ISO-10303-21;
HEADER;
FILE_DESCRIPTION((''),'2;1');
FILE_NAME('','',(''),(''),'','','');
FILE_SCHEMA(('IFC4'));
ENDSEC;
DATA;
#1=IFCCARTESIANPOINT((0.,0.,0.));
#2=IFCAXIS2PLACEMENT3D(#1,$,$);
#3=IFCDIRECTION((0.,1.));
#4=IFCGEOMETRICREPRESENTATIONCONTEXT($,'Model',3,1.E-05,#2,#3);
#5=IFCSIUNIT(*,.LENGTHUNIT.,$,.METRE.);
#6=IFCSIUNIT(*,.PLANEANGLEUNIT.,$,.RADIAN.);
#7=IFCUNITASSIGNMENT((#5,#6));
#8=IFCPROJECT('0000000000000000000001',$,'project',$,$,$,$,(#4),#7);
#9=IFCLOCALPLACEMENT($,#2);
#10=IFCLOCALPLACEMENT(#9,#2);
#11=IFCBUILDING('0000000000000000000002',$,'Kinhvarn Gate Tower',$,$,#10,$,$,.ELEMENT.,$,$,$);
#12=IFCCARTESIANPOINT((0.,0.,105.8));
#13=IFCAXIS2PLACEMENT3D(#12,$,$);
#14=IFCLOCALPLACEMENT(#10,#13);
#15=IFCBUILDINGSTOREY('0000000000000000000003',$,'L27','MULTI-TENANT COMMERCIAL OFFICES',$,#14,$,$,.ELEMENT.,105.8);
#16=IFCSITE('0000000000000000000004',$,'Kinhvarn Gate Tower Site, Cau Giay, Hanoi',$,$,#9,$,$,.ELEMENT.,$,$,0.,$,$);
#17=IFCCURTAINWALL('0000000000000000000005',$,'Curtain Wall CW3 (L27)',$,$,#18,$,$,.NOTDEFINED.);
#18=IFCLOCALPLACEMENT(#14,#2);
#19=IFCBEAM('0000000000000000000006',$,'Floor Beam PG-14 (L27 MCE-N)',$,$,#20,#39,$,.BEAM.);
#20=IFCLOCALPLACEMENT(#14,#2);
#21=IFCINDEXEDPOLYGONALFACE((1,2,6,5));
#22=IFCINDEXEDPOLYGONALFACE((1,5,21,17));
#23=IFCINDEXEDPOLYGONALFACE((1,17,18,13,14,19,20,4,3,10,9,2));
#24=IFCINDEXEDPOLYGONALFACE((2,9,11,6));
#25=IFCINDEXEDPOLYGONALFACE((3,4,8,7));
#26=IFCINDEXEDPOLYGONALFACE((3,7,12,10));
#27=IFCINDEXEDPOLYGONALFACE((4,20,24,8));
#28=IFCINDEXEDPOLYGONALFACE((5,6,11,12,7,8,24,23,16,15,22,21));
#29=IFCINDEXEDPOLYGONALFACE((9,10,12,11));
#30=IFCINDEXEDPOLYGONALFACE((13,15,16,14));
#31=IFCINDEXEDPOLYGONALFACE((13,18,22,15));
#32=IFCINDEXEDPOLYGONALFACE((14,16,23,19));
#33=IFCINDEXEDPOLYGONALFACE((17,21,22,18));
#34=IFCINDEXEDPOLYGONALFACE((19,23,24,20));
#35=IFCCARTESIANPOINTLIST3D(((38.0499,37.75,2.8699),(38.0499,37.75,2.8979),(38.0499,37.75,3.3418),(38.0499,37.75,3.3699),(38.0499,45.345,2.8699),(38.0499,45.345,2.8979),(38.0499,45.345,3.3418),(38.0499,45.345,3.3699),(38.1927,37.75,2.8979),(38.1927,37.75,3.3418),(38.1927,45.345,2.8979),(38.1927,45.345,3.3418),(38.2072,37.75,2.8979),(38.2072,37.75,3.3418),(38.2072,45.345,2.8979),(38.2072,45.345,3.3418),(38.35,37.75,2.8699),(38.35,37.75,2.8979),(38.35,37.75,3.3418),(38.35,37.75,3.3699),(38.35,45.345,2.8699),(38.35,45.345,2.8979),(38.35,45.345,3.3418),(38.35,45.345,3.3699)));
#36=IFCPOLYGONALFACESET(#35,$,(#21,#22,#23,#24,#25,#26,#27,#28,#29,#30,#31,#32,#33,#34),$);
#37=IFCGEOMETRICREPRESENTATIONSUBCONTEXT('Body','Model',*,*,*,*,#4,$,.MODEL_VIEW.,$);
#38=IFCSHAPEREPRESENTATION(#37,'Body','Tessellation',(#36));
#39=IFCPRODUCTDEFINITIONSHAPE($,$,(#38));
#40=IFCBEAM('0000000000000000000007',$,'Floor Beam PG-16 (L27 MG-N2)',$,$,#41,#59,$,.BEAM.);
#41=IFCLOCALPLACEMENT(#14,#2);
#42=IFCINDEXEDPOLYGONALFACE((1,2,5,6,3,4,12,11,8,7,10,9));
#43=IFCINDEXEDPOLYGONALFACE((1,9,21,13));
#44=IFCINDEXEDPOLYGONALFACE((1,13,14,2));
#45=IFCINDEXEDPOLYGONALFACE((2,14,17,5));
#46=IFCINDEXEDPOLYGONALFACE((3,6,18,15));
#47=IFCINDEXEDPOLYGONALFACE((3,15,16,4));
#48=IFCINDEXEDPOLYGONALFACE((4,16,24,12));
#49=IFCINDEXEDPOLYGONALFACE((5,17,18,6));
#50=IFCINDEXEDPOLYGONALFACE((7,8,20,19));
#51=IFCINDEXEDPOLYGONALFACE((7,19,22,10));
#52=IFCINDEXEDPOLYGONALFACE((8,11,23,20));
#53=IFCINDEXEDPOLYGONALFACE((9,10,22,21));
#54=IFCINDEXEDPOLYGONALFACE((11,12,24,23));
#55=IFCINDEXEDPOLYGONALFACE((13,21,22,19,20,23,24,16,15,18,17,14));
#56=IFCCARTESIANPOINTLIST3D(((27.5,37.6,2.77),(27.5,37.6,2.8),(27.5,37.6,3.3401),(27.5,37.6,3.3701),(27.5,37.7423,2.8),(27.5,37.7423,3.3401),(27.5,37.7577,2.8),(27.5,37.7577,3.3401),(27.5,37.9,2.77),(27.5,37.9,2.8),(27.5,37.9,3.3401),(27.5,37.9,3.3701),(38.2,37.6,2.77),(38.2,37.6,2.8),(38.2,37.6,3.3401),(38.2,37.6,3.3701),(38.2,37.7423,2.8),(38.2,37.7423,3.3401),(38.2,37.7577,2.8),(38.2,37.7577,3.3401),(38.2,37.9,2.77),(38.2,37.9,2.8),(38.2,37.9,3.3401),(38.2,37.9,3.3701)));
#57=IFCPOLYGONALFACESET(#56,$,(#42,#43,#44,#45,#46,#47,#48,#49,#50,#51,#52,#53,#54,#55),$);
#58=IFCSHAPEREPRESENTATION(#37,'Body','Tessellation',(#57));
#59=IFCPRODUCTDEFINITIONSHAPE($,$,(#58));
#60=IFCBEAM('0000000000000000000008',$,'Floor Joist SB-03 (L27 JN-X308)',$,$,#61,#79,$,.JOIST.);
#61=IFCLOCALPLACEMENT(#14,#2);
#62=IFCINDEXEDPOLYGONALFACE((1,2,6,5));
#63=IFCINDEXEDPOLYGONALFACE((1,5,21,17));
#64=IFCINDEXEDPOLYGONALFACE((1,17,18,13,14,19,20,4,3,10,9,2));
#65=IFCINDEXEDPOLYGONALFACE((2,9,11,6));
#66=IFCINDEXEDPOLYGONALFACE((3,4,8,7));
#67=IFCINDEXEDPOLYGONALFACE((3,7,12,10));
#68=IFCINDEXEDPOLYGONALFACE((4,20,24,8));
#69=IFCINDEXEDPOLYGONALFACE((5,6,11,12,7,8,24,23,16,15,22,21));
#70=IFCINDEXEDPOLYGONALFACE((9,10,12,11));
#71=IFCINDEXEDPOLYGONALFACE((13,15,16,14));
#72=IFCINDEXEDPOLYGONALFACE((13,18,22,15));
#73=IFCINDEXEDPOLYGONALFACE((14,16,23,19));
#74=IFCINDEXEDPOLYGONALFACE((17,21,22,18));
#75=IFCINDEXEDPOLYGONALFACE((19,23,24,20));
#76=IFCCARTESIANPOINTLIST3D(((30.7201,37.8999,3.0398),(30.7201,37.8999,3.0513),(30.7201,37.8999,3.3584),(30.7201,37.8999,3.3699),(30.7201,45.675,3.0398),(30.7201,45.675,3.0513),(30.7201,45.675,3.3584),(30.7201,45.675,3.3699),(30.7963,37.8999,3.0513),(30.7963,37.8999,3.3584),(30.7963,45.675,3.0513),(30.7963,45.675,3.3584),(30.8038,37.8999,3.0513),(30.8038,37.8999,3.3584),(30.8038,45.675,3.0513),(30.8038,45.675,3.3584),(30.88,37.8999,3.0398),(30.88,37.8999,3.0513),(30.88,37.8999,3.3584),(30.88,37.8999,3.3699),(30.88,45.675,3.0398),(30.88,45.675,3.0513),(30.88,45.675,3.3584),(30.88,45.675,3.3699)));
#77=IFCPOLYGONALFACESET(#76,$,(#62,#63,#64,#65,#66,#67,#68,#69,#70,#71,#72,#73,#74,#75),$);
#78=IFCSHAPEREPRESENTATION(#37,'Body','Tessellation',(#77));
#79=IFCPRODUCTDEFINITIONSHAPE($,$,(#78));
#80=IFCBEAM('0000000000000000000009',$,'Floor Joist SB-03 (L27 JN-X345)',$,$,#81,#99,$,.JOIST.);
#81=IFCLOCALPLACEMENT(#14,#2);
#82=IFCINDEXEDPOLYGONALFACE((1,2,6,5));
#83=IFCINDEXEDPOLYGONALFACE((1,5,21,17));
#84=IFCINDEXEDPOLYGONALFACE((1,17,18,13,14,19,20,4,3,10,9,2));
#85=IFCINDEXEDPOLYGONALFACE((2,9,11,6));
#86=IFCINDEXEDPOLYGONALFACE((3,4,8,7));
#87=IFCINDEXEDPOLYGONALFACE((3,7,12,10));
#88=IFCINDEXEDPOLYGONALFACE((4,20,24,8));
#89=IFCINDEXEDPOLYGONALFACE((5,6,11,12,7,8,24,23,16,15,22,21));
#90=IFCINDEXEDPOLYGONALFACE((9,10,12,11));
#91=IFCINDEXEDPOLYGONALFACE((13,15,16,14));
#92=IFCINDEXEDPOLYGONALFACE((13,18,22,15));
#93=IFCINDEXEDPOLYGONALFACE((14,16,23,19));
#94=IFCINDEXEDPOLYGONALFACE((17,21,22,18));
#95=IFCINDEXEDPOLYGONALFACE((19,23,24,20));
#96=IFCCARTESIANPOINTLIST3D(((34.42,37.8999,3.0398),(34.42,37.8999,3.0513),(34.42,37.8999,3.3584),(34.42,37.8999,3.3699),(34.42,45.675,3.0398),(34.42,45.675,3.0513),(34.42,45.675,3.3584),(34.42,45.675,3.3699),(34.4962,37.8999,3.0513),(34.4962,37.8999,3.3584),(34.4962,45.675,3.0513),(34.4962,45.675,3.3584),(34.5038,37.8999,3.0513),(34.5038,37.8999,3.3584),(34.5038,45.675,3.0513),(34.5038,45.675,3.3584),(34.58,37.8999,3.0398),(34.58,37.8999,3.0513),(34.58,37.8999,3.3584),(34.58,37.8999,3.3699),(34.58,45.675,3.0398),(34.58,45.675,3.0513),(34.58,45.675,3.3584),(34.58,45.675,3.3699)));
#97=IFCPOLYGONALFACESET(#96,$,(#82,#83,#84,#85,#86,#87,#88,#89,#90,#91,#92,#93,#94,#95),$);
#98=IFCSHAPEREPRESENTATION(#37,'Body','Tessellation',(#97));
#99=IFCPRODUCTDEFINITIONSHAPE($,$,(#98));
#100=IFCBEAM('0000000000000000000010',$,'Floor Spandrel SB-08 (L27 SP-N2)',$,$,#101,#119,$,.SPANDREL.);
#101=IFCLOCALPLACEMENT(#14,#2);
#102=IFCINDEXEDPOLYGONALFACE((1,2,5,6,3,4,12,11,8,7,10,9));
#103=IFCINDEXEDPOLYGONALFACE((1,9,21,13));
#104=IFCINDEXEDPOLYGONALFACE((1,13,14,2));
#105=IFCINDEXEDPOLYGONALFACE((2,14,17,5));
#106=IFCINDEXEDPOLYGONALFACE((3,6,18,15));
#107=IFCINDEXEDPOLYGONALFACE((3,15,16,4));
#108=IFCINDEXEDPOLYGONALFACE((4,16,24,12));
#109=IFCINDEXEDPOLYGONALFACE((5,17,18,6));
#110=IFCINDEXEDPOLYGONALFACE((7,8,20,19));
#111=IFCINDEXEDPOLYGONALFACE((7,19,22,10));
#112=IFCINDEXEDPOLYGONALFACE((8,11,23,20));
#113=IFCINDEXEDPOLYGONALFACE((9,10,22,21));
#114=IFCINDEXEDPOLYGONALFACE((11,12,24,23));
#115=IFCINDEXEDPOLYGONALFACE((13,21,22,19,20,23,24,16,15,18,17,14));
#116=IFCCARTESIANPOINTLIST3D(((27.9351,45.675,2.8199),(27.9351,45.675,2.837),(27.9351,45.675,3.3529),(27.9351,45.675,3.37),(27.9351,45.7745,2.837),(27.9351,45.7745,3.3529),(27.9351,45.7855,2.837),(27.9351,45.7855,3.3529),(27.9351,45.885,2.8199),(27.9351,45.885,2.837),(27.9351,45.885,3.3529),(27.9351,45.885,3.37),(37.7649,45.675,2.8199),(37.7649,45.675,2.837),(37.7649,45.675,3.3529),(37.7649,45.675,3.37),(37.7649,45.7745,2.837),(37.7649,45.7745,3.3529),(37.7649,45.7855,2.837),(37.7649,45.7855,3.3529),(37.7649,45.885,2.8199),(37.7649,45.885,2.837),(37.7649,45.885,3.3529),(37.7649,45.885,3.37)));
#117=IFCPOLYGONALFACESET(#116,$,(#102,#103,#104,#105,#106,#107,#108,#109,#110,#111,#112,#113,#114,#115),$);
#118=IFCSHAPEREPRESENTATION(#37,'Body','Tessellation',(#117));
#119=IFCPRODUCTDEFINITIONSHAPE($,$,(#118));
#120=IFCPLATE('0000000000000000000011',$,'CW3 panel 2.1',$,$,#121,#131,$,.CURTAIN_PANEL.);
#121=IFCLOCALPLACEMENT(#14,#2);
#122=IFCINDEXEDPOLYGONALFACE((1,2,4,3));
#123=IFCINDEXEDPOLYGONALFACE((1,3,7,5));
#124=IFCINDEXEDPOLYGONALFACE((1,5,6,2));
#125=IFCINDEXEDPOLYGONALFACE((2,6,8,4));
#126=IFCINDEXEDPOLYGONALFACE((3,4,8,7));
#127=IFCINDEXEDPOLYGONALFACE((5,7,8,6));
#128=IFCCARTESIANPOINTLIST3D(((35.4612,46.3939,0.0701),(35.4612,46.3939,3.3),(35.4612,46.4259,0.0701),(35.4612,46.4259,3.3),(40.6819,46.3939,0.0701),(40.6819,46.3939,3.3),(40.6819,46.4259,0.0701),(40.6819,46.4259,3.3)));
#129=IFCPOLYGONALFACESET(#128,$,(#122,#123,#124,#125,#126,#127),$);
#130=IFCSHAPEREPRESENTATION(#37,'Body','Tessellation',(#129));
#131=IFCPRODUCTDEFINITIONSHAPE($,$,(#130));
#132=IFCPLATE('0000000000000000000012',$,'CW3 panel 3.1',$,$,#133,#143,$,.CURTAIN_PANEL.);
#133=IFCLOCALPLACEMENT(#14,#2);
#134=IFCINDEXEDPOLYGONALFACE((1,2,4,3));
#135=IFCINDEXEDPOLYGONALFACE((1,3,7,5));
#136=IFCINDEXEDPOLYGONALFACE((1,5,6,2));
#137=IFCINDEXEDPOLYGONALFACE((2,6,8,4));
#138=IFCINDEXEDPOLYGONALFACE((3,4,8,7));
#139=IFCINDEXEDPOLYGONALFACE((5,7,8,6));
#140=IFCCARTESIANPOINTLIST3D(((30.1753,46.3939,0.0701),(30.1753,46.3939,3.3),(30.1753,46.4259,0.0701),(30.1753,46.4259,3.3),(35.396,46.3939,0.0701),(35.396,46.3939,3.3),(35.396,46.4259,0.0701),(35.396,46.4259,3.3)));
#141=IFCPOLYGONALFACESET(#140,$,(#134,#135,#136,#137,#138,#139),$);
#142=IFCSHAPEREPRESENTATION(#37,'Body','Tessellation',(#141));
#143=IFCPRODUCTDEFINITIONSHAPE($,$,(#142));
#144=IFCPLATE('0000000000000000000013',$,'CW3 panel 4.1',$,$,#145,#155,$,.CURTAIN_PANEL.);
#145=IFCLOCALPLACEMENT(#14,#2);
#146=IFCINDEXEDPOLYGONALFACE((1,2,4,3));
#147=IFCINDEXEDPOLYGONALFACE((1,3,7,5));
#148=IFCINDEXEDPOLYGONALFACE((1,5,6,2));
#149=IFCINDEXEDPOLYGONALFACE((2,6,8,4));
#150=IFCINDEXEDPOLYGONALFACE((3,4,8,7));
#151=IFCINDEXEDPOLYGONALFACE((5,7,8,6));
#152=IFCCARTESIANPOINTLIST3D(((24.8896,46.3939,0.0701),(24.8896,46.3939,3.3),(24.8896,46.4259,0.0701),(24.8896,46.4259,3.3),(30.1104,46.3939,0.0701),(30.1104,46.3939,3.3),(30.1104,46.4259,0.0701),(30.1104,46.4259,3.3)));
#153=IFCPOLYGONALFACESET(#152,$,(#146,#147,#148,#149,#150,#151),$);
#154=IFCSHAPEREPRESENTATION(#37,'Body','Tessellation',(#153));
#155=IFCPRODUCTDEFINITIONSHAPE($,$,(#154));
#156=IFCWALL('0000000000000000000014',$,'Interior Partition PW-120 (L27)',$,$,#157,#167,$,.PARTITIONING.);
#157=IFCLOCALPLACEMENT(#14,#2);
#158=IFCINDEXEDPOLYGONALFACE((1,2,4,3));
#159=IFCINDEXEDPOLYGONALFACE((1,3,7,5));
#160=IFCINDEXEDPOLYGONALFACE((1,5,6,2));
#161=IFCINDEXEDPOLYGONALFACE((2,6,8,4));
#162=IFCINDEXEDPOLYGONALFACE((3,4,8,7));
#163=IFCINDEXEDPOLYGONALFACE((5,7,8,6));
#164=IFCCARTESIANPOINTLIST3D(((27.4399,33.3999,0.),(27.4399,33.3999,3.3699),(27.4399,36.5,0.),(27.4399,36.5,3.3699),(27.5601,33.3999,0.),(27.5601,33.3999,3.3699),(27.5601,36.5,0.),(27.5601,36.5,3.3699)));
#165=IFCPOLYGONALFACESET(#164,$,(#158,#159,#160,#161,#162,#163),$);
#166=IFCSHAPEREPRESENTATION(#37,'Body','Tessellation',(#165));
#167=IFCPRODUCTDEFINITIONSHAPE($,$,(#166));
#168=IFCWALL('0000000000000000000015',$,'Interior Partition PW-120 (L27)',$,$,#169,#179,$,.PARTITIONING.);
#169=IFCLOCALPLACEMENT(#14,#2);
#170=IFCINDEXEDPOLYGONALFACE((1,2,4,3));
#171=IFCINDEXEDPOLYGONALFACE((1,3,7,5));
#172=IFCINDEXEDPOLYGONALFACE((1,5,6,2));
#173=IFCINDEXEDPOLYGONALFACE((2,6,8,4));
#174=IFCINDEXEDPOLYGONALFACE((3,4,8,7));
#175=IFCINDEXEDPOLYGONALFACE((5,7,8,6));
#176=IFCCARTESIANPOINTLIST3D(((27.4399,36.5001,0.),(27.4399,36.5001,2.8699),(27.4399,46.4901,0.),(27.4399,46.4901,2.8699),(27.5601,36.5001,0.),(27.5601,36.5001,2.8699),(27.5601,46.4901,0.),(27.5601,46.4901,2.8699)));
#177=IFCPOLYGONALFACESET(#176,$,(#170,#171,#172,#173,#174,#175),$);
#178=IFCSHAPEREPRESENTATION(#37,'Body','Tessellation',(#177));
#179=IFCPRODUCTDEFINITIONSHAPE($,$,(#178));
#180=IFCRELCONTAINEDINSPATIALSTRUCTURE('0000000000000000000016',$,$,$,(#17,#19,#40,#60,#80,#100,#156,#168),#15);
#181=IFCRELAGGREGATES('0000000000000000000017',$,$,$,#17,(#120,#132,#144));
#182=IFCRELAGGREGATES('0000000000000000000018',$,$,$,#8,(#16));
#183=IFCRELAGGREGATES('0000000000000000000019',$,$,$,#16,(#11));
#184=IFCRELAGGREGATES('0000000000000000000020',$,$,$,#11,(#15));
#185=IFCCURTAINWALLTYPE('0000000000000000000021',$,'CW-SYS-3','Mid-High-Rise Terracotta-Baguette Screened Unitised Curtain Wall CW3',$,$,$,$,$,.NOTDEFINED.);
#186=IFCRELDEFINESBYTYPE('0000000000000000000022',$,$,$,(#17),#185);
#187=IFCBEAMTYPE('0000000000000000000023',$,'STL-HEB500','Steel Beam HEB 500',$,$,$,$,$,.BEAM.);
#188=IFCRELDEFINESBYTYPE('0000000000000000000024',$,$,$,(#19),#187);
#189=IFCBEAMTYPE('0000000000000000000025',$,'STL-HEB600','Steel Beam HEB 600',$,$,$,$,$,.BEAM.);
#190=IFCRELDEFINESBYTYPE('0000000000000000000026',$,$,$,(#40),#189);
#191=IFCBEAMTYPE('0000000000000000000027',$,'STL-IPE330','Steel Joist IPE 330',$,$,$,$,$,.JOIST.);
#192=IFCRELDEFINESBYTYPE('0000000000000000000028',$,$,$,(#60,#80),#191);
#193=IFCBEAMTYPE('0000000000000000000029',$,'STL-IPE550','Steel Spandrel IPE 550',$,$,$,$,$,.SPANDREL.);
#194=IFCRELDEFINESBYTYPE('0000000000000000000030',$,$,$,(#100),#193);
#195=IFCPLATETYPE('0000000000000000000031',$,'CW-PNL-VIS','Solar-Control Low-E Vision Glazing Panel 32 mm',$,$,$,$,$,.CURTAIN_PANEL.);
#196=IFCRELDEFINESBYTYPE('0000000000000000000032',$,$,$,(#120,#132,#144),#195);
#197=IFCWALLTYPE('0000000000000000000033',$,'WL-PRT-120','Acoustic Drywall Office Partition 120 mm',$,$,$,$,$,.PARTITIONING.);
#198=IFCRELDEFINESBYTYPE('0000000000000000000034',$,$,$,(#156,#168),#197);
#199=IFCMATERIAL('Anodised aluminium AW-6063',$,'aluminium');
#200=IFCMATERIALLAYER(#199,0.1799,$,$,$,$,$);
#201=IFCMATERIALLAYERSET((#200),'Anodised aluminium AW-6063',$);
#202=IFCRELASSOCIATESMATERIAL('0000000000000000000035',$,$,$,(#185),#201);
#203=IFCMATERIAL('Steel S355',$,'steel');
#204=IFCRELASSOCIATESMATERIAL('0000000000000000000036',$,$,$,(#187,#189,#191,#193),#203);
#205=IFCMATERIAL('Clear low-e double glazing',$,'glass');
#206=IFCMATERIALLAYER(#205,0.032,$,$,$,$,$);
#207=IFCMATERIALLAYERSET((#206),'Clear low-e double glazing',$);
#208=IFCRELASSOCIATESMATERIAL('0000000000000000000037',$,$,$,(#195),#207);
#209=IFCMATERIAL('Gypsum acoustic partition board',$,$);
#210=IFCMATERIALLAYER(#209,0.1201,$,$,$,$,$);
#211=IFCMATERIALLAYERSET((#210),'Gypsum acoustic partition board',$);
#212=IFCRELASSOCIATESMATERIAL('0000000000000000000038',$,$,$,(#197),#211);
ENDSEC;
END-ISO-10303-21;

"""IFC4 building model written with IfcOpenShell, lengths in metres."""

from ifc_helpers import new_model, si_unit, direction, frame, frame_2d, origin, origin_2d, place, context, subcontext, project, spatial, rectangle, i_section, extrude, material, layer, layer_set, material_profile, profile_set, type_object, element, aggregate, save


model = new_model("IFC4")

# Units and contexts
model_context = context("Model", 3, precision=1e-05, world=origin(), true_north=direction((0.0, 1.0)))
body_context = subcontext(model_context, "Body", "Model", "MODEL_VIEW")
ifc_project = project(units=[si_unit("LENGTHUNIT", "METRE"), si_unit("PLANEANGLEUNIT", "RADIAN")], contexts=[model_context])

# Site, building, storey
site_placement = place(None, origin())
site = spatial("IfcSite", under=ifc_project, at=site_placement, Name="Kinhvarn Gate Tower Site, Cau Giay, Hanoi", CompositionType="ELEMENT", RefElevation=0.0)
building_placement = place(site_placement, origin())
building = spatial("IfcBuilding", under=site, at=building_placement, Name="Kinhvarn Gate Tower", CompositionType="ELEMENT")
storey_placement = place(building_placement, frame((0.0, 0.0, 105.8)))
storey = spatial("IfcBuildingStorey", under=building, at=storey_placement, Name="L27", Description="MULTI-TENANT COMMERCIAL OFFICES", CompositionType="ELEMENT", Elevation=105.8)

# Curtain wall
ifc_material_1 = material(Name="Anodised aluminium AW-6063", Category="aluminium")
ifc_layer_1 = layer(ifc_material_1, 0.1799)
ifc_layer_set_1 = layer_set([ifc_layer_1], Name="Anodised aluminium AW-6063")
curtain_wall_type = type_object("IfcCurtainWallType", Name="CW-SYS-3", Description="Mid-High-Rise Terracotta-Baguette Screened Unitised Curtain Wall CW3", PredefinedType="NOTDEFINED", material=ifc_layer_set_1)
curtain_wall_placement = place(storey_placement, origin())
curtain_wall = element("IfcCurtainWall", 1, at=curtain_wall_placement, inside=storey, type_object=curtain_wall_type, Name="Curtain Wall CW3 (L27)", PredefinedType="NOTDEFINED")

# Beams
ifc_material_2 = material(Name="Steel S355", Category="steel")
ifc_material_profile_1 = material_profile(ifc_material_2, i_section(OverallWidth=0.3, OverallDepth=0.5, WebThickness=0.0144, FlangeThickness=0.0281, at=origin_2d()), Name="HEB 500")
ifc_profile_set_1 = profile_set([ifc_material_profile_1], Name="Steel S355")
beam_type_1 = type_object("IfcBeamType", Name="STL-HEB500", Description="Steel Beam HEB 500", PredefinedType="BEAM", material=ifc_profile_set_1)
for number, where, z_axis, x_axis, name in (
    (2, (38.2, 37.75, 3.1199), (0.0, 1.0, 0.0), (-1.0, 0.0, 0.0), "Floor Beam PG-14 (L27 MCE-N)"),
):
    element("IfcBeam", number, at=place(storey_placement, frame(where, z_axis=z_axis, x_axis=x_axis)), inside=storey, type_object=beam_type_1, Name=name, PredefinedType="BEAM", context=body_context, shape_type="SweptSolid", body=[
        extrude(i_section(OverallWidth=0.3, OverallDepth=0.5, WebThickness=0.0144, FlangeThickness=0.0281, at=origin_2d()), origin(), (0.0, 0.0, 1.0), 7.595),
    ])
ifc_material_profile_2 = material_profile(ifc_material_2, i_section(OverallWidth=0.3, OverallDepth=0.6001, WebThickness=0.0154, FlangeThickness=0.03, at=origin_2d()), Name="HEB 600")
ifc_profile_set_2 = profile_set([ifc_material_profile_2], Name="Steel S355")
beam_type_2 = type_object("IfcBeamType", Name="STL-HEB600", Description="Steel Beam HEB 600", PredefinedType="BEAM", material=ifc_profile_set_2)
beam_1_placement = place(storey_placement, frame((27.5, 37.75, 3.0701), z_axis=(1.0, 0.0, 0.0), x_axis=(0.0, 1.0, 0.0)))
element("IfcBeam", 3, at=beam_1_placement, inside=storey, type_object=beam_type_2, Name="Floor Beam PG-16 (L27 MG-N2)", PredefinedType="BEAM", context=body_context, shape_type="SweptSolid", body=[
    extrude(i_section(OverallWidth=0.3, OverallDepth=0.6001, WebThickness=0.0154, FlangeThickness=0.03, at=origin_2d()), origin(), (0.0, 0.0, 1.0), 10.7),
])
ifc_material_profile_3 = material_profile(ifc_material_2, i_section(OverallWidth=0.1599, OverallDepth=0.3301, WebThickness=0.0076, FlangeThickness=0.0115, at=origin_2d()), Name="IPE 330")
ifc_profile_set_3 = profile_set([ifc_material_profile_3], Name="Steel S355")
beam_type_3 = type_object("IfcBeamType", Name="STL-IPE330", Description="Steel Joist IPE 330", PredefinedType="JOIST", material=ifc_profile_set_3)
for number, where, z_axis, x_axis, name in (
    (4, (30.8, 37.8999, 3.2048), (0.0, 1.0, 0.0), (-1.0, 0.0, 0.0), "Floor Joist SB-03 (L27 JN-X308)"),
    (5, (34.5, 37.8999, 3.2048), (0.0, 1.0, 0.0), (-1.0, 0.0, 0.0), "Floor Joist SB-03 (L27 JN-X345)"),
):
    element("IfcBeam", number, at=place(storey_placement, frame(where, z_axis=z_axis, x_axis=x_axis)), inside=storey, type_object=beam_type_3, Name=name, PredefinedType="JOIST", context=body_context, shape_type="SweptSolid", body=[
        extrude(i_section(OverallWidth=0.1599, OverallDepth=0.3301, WebThickness=0.0076, FlangeThickness=0.0115, at=origin_2d()), origin(), (0.0, 0.0, 1.0), 7.7751),
    ])
ifc_material_profile_4 = material_profile(ifc_material_2, i_section(OverallWidth=0.21, OverallDepth=0.55, WebThickness=0.011, FlangeThickness=0.0171, at=origin_2d()), Name="IPE 550")
ifc_profile_set_4 = profile_set([ifc_material_profile_4], Name="Steel S355")
beam_type_4 = type_object("IfcBeamType", Name="STL-IPE550", Description="Steel Spandrel IPE 550", PredefinedType="SPANDREL", material=ifc_profile_set_4)
beam_2_placement = place(storey_placement, frame((27.9351, 45.78, 3.095), z_axis=(1.0, 0.0, 0.0), x_axis=(0.0, 1.0, 0.0)))
element("IfcBeam", 6, at=beam_2_placement, inside=storey, type_object=beam_type_4, Name="Floor Spandrel SB-08 (L27 SP-N2)", PredefinedType="SPANDREL", context=body_context, shape_type="SweptSolid", body=[
    extrude(i_section(OverallWidth=0.21, OverallDepth=0.55, WebThickness=0.011, FlangeThickness=0.0171, at=origin_2d()), origin(), (0.0, 0.0, 1.0), 9.8298),
])

# Plates
ifc_material_3 = material(Name="Clear low-e double glazing", Category="glass")
ifc_layer_2 = layer(ifc_material_3, 0.032)
ifc_layer_set_2 = layer_set([ifc_layer_2], Name="Clear low-e double glazing")
plate_type = type_object("IfcPlateType", Name="CW-PNL-VIS", Description="Solar-Control Low-E Vision Glazing Panel 32 mm", PredefinedType="CURTAIN_PANEL", material=ifc_layer_set_2)
plate_1_placement = place(storey_placement, frame((38.0715, 46.4099, 0.0701), z_axis=(0.0, 0.0, 1.0), x_axis=(-1.0, 0.0, 0.0)))
plate_1 = element("IfcPlate", 7, at=plate_1_placement, type_object=plate_type, Name="CW3 panel 2.1", PredefinedType="CURTAIN_PANEL", context=body_context, shape_type="SweptSolid", body=[
    extrude(rectangle(XDim=5.2207, YDim=0.032, at=origin_2d()), origin(), (0.0, 0.0, 1.0), 3.23),
])
plate_2_placement = place(storey_placement, frame((32.7856, 46.4099, 0.0701), z_axis=(0.0, 0.0, 1.0), x_axis=(-1.0, 0.0, 0.0)))
plate_2 = element("IfcPlate", 8, at=plate_2_placement, type_object=plate_type, Name="CW3 panel 3.1", PredefinedType="CURTAIN_PANEL", context=body_context, shape_type="SweptSolid", body=[
    extrude(rectangle(XDim=5.2207, YDim=0.032, at=origin_2d()), origin(), (0.0, 0.0, 1.0), 3.23),
])
plate_3_placement = place(storey_placement, frame((27.5, 46.4099, 0.0701), z_axis=(0.0, 0.0, 1.0), x_axis=(-1.0, 0.0, 0.0)))
plate_3 = element("IfcPlate", 9, at=plate_3_placement, type_object=plate_type, Name="CW3 panel 4.1", PredefinedType="CURTAIN_PANEL", context=body_context, shape_type="SweptSolid", body=[
    extrude(rectangle(XDim=5.2207, YDim=0.032, at=origin_2d()), origin(), (0.0, 0.0, 1.0), 3.23),
])
aggregate(curtain_wall, [plate_1, plate_2, plate_3])

# Walls
ifc_material_4 = material(Name="Gypsum acoustic partition board")
ifc_layer_3 = layer(ifc_material_4, 0.1201)
ifc_layer_set_3 = layer_set([ifc_layer_3], Name="Gypsum acoustic partition board")
wall_type = type_object("IfcWallType", Name="WL-PRT-120", Description="Acoustic Drywall Office Partition 120 mm", PredefinedType="PARTITIONING", material=ifc_layer_set_3)
wall_1_placement = place(storey_placement, frame((27.5, 33.3999, 0.0), z_axis=(0.0, 0.0, 1.0), x_axis=(0.0, 1.0, 0.0)))
element("IfcWall", 10, at=wall_1_placement, inside=storey, type_object=wall_type, Name="Interior Partition PW-120 (L27)", PredefinedType="PARTITIONING", context=body_context, shape_type="SweptSolid", body=[
    extrude(rectangle(XDim=3.1001, YDim=0.1201, at=frame_2d((1.55, 0.0))), origin(), (0.0, 0.0, 1.0), 3.3699),
])
wall_2_placement = place(storey_placement, frame((27.5, 36.5, 0.0), z_axis=(0.0, 0.0, 1.0), x_axis=(0.0, 1.0, 0.0)))
element("IfcWall", 11, at=wall_2_placement, inside=storey, type_object=wall_type, Name="Interior Partition PW-120 (L27)", PredefinedType="PARTITIONING", context=body_context, shape_type="SweptSolid", body=[
    extrude(rectangle(XDim=9.99, YDim=0.1201, at=frame_2d((4.9951, 0.0))), origin(), (0.0, 0.0, 1.0), 2.8699),
])

save(model, "model.ifc")
